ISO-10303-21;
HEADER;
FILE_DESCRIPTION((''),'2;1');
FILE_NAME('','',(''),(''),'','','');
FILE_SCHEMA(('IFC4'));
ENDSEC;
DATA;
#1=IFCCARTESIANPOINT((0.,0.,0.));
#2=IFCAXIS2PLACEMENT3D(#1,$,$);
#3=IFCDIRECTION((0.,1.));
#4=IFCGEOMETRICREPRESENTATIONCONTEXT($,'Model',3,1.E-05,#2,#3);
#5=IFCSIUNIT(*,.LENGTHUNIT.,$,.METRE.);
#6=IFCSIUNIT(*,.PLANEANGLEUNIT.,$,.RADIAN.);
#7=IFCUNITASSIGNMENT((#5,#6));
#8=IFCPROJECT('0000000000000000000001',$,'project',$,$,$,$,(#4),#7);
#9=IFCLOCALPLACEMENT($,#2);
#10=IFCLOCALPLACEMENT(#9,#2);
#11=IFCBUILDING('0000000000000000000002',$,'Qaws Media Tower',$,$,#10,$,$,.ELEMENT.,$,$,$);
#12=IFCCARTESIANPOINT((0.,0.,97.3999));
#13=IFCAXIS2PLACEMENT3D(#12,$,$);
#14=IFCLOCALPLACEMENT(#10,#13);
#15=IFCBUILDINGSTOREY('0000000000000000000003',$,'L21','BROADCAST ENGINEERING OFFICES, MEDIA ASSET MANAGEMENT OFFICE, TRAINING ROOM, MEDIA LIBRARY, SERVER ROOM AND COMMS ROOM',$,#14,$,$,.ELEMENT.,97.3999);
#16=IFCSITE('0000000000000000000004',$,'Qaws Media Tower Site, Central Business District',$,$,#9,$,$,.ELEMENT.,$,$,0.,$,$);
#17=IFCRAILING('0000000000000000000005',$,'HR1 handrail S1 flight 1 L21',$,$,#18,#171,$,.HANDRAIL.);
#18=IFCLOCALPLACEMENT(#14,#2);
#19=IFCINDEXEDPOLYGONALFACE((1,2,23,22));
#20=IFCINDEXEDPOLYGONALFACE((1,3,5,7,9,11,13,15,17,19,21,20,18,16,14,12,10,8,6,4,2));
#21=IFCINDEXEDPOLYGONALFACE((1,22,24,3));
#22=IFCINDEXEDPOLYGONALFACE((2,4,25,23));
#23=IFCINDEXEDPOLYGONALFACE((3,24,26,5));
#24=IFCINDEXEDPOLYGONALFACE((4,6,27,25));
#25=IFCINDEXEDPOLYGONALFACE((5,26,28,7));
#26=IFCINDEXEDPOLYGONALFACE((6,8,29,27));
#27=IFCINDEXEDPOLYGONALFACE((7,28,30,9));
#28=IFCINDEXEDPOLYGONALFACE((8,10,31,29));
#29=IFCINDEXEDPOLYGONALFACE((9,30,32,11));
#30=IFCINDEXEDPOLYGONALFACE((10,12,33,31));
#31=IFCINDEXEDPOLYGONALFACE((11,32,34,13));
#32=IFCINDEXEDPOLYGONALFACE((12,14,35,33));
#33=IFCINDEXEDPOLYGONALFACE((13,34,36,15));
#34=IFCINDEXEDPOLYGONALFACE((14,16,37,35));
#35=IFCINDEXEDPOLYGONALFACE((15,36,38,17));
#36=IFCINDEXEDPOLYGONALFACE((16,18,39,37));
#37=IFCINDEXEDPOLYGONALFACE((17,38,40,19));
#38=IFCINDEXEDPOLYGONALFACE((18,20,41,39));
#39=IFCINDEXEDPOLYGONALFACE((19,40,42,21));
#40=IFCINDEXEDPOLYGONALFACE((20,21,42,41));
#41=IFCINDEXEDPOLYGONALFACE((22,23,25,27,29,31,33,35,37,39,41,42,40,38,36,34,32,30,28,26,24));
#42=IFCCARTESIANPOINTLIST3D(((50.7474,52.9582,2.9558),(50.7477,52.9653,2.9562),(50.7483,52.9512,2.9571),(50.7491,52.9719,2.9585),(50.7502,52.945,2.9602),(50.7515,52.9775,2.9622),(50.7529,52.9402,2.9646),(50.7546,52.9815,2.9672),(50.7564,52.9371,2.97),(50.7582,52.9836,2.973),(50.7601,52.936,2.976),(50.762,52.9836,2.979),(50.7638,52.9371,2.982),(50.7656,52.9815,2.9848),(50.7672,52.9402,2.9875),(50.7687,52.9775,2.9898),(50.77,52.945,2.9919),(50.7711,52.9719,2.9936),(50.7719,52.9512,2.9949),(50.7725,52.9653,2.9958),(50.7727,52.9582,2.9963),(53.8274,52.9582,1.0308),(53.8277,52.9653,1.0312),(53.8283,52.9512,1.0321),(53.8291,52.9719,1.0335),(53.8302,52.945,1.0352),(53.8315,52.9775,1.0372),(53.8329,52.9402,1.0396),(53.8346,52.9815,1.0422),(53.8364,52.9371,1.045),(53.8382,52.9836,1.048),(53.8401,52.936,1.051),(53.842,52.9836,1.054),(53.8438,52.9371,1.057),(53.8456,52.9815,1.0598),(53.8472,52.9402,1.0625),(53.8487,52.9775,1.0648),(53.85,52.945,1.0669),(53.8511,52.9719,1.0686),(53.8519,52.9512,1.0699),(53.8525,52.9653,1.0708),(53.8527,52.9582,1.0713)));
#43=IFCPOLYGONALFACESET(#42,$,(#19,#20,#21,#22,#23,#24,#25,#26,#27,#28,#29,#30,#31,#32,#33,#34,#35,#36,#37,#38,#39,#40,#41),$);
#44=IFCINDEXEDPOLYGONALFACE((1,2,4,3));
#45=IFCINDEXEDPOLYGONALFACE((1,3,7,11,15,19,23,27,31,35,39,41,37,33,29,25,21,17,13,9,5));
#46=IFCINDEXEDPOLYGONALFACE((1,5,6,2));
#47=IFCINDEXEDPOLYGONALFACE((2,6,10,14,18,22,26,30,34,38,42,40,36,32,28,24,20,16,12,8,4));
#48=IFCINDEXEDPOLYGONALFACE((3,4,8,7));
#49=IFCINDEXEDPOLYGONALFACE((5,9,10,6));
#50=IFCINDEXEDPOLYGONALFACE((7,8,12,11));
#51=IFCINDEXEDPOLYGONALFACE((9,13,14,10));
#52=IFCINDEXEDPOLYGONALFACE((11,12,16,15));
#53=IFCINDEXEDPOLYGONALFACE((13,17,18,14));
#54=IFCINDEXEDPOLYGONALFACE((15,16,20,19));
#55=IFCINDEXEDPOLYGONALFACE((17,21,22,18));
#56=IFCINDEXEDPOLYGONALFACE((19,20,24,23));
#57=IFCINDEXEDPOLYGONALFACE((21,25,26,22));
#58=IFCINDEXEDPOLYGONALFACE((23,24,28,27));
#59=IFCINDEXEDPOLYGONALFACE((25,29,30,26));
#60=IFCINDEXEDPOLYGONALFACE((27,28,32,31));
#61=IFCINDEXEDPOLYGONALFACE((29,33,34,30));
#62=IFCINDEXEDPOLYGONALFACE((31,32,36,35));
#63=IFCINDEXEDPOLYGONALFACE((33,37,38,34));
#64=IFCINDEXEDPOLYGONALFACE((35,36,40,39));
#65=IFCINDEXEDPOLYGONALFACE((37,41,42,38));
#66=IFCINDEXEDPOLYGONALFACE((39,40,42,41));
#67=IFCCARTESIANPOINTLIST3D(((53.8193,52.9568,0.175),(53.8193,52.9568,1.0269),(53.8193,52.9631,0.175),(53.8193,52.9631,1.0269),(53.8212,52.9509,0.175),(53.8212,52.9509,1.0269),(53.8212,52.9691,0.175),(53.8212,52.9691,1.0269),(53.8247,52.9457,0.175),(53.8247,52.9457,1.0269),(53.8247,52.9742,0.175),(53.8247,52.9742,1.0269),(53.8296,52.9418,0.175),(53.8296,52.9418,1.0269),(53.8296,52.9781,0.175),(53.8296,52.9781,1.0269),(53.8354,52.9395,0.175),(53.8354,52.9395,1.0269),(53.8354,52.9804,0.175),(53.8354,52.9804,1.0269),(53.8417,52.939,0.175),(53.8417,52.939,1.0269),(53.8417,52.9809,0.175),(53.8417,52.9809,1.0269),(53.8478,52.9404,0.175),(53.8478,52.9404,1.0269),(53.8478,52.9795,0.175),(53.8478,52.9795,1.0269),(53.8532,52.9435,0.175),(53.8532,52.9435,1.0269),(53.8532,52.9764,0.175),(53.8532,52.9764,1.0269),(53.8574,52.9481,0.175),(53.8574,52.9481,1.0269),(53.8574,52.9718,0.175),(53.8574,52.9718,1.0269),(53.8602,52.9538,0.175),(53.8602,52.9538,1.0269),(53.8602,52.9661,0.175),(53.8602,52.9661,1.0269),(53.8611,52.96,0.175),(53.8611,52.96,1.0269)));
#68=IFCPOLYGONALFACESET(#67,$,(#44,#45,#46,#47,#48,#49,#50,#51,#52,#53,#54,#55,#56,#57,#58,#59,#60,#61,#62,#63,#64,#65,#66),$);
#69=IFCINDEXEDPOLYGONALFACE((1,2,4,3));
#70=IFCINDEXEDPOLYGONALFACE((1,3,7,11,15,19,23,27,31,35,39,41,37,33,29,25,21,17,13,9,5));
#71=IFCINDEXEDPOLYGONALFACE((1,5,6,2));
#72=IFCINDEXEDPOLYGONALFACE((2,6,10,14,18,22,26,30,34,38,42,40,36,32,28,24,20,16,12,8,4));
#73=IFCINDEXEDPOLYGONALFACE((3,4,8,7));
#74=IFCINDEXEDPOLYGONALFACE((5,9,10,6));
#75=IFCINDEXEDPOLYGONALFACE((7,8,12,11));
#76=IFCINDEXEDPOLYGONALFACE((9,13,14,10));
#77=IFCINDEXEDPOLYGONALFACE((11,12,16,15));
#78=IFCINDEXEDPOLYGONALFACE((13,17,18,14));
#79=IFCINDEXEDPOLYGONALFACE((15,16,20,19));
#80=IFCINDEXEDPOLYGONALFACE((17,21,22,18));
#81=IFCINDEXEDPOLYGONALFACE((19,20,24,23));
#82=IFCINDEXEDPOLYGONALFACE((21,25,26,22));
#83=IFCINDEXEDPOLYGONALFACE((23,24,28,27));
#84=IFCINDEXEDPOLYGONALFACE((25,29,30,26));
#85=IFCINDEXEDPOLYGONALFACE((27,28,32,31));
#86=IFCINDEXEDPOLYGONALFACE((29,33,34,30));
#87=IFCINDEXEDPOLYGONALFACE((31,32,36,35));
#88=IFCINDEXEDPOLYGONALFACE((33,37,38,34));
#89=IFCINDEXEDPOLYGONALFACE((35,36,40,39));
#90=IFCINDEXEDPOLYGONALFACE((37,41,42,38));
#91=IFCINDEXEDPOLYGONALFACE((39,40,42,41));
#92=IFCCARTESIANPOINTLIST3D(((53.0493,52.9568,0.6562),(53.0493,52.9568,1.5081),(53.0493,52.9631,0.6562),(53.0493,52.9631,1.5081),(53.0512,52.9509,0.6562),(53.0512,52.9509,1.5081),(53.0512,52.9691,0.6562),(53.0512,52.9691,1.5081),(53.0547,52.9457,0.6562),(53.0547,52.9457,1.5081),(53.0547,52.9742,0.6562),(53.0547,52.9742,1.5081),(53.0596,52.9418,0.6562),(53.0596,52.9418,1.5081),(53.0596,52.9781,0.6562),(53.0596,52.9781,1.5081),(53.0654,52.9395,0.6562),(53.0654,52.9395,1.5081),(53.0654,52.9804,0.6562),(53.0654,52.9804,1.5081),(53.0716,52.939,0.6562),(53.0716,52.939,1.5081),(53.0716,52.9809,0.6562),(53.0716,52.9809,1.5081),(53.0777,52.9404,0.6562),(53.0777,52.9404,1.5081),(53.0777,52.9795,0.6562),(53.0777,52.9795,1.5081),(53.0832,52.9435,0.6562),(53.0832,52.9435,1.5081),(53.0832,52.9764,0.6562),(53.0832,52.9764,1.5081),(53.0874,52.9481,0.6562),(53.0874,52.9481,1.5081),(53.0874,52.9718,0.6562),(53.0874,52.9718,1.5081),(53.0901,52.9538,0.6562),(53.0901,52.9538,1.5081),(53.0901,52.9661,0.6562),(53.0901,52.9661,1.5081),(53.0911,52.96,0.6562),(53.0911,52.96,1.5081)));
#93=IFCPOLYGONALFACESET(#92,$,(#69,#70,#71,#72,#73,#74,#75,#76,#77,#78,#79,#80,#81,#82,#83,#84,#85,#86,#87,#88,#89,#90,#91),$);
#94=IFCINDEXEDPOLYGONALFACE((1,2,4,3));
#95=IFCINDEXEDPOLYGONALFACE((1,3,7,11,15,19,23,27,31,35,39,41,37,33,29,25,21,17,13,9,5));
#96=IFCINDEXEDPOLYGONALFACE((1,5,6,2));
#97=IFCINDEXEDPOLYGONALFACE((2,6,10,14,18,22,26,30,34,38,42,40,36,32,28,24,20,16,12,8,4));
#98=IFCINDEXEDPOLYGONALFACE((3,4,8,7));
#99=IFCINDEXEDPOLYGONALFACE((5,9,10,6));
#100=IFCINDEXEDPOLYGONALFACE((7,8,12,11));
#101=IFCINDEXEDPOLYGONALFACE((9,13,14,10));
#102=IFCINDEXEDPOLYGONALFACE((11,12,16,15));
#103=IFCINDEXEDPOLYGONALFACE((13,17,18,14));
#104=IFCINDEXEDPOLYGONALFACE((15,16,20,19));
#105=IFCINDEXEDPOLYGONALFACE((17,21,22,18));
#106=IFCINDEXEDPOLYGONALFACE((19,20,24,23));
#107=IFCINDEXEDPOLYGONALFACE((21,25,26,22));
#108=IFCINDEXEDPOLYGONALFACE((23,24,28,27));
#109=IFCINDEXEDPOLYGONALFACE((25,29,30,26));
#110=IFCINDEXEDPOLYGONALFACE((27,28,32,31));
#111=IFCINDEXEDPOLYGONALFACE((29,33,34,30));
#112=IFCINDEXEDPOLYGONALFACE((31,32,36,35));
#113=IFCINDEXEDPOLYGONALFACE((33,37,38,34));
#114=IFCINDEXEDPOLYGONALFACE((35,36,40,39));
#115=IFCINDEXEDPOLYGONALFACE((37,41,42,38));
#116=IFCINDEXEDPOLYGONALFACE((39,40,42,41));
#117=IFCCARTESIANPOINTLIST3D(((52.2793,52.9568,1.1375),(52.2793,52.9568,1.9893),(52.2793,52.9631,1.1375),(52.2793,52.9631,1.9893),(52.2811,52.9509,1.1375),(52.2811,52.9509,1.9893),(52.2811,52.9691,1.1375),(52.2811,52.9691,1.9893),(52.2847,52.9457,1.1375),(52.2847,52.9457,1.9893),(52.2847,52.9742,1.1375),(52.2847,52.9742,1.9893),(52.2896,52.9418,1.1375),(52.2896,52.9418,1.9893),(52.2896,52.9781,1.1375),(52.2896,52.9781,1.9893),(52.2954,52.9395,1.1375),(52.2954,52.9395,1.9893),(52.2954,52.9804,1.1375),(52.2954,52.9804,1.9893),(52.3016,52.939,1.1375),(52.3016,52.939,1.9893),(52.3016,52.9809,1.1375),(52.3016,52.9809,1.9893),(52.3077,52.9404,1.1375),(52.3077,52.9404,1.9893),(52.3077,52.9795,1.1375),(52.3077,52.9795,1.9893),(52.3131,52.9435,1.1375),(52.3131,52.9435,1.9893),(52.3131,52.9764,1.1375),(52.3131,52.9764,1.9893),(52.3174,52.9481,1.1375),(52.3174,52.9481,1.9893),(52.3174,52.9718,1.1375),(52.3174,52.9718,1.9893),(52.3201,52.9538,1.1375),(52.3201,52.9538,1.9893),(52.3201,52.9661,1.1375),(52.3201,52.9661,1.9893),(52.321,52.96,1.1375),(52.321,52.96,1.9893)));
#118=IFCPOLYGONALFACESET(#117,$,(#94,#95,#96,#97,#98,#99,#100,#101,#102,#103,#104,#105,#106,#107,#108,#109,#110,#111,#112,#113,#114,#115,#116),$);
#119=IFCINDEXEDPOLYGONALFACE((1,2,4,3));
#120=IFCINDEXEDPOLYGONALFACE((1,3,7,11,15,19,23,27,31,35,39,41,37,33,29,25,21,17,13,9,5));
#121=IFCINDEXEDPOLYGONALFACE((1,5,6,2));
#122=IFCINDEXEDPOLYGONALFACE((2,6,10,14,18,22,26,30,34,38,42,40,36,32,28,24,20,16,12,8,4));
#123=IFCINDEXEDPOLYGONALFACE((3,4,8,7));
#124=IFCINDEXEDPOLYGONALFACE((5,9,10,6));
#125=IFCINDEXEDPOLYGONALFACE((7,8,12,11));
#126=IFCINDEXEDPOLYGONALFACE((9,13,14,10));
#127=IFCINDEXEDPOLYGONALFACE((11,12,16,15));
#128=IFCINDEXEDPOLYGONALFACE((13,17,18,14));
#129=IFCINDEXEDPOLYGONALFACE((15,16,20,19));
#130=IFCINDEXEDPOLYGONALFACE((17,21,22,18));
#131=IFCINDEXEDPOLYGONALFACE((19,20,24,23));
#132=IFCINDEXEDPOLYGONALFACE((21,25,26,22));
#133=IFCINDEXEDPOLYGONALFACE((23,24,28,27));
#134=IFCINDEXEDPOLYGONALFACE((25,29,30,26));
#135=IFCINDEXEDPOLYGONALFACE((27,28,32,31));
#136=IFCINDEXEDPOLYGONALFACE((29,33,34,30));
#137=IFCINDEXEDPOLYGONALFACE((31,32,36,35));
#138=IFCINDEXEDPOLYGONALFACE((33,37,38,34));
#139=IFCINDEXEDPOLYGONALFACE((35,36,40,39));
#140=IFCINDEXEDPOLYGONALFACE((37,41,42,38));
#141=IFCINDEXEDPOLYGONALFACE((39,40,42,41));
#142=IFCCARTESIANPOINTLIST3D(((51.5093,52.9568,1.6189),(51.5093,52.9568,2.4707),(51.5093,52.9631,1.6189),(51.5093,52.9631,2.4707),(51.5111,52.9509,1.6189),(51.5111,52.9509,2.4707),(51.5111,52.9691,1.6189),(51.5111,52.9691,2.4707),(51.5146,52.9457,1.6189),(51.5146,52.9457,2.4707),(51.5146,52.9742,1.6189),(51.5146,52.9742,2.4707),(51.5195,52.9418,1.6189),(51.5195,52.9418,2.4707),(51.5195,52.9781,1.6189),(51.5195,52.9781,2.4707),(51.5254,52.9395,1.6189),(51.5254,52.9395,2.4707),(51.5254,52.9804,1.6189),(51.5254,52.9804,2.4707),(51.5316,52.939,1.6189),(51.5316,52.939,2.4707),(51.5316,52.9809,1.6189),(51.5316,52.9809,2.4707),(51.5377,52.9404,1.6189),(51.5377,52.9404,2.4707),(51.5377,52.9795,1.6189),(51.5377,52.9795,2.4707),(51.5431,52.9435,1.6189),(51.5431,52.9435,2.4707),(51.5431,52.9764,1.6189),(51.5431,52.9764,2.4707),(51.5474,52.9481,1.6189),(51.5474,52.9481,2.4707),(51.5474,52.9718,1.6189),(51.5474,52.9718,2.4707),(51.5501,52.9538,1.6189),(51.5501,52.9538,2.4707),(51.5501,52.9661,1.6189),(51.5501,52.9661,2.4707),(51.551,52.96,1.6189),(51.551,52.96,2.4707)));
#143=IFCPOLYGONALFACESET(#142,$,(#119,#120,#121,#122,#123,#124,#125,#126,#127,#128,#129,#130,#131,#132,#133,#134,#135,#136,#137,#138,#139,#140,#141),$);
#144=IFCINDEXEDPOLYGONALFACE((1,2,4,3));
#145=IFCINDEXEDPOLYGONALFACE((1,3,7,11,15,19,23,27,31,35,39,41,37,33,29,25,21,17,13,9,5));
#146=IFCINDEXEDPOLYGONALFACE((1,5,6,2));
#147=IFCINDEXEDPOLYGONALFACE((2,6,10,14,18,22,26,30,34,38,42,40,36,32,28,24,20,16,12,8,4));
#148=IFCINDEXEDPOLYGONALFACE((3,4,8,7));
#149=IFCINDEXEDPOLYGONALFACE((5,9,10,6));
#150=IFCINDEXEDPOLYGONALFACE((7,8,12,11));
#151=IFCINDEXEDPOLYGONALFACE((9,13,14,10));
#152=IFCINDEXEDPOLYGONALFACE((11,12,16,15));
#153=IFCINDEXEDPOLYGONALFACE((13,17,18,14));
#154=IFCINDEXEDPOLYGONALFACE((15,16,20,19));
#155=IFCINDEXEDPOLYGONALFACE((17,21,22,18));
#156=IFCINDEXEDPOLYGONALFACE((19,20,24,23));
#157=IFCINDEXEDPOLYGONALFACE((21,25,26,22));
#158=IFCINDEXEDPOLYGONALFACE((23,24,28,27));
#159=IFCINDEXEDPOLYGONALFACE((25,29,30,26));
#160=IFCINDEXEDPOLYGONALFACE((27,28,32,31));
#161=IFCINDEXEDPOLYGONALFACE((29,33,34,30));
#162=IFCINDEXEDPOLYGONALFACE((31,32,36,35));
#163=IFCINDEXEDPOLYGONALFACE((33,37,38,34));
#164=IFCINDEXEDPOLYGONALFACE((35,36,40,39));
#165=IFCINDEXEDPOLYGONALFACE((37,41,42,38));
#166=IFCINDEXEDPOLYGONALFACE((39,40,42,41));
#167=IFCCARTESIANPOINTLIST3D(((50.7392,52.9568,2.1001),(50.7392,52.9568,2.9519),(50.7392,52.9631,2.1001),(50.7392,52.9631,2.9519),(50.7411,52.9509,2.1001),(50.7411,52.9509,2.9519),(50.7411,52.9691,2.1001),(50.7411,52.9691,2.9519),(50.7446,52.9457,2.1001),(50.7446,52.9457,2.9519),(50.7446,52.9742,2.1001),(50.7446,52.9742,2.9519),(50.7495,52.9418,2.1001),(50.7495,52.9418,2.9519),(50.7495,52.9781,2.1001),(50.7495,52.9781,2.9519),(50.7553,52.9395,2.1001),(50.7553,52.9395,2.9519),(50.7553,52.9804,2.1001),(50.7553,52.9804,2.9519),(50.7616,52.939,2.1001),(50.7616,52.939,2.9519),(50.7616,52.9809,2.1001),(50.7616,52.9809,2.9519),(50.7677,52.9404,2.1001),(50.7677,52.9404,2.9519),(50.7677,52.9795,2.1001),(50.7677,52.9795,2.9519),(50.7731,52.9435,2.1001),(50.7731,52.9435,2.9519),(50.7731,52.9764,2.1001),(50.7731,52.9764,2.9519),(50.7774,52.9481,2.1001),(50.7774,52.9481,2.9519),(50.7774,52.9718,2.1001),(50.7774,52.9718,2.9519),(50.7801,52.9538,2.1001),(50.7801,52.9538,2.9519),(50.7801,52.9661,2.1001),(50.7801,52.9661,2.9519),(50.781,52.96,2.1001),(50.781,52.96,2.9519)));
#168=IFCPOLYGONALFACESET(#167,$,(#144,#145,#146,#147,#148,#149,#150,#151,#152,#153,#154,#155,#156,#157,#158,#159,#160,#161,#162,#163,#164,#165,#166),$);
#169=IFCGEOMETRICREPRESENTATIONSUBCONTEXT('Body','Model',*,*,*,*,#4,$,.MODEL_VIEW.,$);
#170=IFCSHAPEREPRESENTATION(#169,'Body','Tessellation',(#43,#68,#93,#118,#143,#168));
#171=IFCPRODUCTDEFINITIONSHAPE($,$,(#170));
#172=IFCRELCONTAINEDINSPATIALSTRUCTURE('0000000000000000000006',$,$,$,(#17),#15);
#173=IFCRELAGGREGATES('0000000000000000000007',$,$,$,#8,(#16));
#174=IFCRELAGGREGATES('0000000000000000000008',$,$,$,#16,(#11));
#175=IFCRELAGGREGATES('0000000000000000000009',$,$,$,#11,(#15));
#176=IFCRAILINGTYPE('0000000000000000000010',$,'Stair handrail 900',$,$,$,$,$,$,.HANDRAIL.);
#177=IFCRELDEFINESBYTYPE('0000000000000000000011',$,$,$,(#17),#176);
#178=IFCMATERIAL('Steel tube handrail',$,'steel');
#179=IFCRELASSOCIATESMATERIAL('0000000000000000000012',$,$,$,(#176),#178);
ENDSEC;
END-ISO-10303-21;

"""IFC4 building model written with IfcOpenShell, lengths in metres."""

from ifc_helpers import new_model, si_unit, direction, frame, origin, origin_2d, place, context, subcontext, project, spatial, circle, extrude, material, type_object, element, save


model = new_model("IFC4")

# Units and contexts
model_context = context("Model", 3, precision=1e-05, world=origin(), true_north=direction((0.0, 1.0)))
body_context = subcontext(model_context, "Body", "Model", "MODEL_VIEW")
ifc_project = project(units=[si_unit("LENGTHUNIT", "METRE"), si_unit("PLANEANGLEUNIT", "RADIAN")], contexts=[model_context])

# Site, building, storey
site_placement = place(None, origin())
site = spatial("IfcSite", under=ifc_project, at=site_placement, Name="Qaws Media Tower Site, Central Business District", CompositionType="ELEMENT", RefElevation=0.0)
building_placement = place(site_placement, origin())
building = spatial("IfcBuilding", under=site, at=building_placement, Name="Qaws Media Tower", CompositionType="ELEMENT")
storey_placement = place(building_placement, frame((0.0, 0.0, 97.3999)))
storey = spatial("IfcBuildingStorey", under=building, at=storey_placement, Name="L21", Description="BROADCAST ENGINEERING OFFICES, MEDIA ASSET MANAGEMENT OFFICE, TRAINING ROOM, MEDIA LIBRARY, SERVER ROOM AND COMMS ROOM", CompositionType="ELEMENT", Elevation=97.3999)

# Railing
ifc_material_1 = material(Name="Steel tube handrail", Category="steel")
railing_type = type_object("IfcRailingType", Name="Stair handrail 900", PredefinedType="HANDRAIL", material=ifc_material_1)
railing_placement = place(storey_placement, frame((53.8401, 52.96, 0.175)))
element("IfcRailing", 1, at=railing_placement, inside=storey, type_object=railing_type, Name="HR1 handrail S1 flight 1 L21", PredefinedType="HANDRAIL", context=body_context, shape_type="SweptSolid", body=[
    extrude(circle(Radius=0.0239, at=origin_2d()), frame((0.0, 0.0, 0.876), z_axis=(-0.847998, 0.0, 0.529999), x_axis=(0.0, -1.0, 0.0)), (0.0, 0.0, 1.0), 3.6321),
    extrude(circle(Radius=0.021, at=origin_2d()), origin(), (0.0, 0.0, 1.0), 0.8518),
    extrude(circle(Radius=0.021, at=origin_2d()), frame((-0.77, 0.0, 0.4812)), (0.0, 0.0, 1.0), 0.8518),
    extrude(circle(Radius=0.021, at=origin_2d()), frame((-1.54, 0.0, 0.9624)), (0.0, 0.0, 1.0), 0.8518),
    extrude(circle(Radius=0.021, at=origin_2d()), frame((-2.3101, 0.0, 1.4438)), (0.0, 0.0, 1.0), 0.8518),
    extrude(circle(Radius=0.021, at=origin_2d()), frame((-3.0801, 0.0, 1.925)), (0.0, 0.0, 1.0), 0.8518),
])

save(model, "model.ifc")
